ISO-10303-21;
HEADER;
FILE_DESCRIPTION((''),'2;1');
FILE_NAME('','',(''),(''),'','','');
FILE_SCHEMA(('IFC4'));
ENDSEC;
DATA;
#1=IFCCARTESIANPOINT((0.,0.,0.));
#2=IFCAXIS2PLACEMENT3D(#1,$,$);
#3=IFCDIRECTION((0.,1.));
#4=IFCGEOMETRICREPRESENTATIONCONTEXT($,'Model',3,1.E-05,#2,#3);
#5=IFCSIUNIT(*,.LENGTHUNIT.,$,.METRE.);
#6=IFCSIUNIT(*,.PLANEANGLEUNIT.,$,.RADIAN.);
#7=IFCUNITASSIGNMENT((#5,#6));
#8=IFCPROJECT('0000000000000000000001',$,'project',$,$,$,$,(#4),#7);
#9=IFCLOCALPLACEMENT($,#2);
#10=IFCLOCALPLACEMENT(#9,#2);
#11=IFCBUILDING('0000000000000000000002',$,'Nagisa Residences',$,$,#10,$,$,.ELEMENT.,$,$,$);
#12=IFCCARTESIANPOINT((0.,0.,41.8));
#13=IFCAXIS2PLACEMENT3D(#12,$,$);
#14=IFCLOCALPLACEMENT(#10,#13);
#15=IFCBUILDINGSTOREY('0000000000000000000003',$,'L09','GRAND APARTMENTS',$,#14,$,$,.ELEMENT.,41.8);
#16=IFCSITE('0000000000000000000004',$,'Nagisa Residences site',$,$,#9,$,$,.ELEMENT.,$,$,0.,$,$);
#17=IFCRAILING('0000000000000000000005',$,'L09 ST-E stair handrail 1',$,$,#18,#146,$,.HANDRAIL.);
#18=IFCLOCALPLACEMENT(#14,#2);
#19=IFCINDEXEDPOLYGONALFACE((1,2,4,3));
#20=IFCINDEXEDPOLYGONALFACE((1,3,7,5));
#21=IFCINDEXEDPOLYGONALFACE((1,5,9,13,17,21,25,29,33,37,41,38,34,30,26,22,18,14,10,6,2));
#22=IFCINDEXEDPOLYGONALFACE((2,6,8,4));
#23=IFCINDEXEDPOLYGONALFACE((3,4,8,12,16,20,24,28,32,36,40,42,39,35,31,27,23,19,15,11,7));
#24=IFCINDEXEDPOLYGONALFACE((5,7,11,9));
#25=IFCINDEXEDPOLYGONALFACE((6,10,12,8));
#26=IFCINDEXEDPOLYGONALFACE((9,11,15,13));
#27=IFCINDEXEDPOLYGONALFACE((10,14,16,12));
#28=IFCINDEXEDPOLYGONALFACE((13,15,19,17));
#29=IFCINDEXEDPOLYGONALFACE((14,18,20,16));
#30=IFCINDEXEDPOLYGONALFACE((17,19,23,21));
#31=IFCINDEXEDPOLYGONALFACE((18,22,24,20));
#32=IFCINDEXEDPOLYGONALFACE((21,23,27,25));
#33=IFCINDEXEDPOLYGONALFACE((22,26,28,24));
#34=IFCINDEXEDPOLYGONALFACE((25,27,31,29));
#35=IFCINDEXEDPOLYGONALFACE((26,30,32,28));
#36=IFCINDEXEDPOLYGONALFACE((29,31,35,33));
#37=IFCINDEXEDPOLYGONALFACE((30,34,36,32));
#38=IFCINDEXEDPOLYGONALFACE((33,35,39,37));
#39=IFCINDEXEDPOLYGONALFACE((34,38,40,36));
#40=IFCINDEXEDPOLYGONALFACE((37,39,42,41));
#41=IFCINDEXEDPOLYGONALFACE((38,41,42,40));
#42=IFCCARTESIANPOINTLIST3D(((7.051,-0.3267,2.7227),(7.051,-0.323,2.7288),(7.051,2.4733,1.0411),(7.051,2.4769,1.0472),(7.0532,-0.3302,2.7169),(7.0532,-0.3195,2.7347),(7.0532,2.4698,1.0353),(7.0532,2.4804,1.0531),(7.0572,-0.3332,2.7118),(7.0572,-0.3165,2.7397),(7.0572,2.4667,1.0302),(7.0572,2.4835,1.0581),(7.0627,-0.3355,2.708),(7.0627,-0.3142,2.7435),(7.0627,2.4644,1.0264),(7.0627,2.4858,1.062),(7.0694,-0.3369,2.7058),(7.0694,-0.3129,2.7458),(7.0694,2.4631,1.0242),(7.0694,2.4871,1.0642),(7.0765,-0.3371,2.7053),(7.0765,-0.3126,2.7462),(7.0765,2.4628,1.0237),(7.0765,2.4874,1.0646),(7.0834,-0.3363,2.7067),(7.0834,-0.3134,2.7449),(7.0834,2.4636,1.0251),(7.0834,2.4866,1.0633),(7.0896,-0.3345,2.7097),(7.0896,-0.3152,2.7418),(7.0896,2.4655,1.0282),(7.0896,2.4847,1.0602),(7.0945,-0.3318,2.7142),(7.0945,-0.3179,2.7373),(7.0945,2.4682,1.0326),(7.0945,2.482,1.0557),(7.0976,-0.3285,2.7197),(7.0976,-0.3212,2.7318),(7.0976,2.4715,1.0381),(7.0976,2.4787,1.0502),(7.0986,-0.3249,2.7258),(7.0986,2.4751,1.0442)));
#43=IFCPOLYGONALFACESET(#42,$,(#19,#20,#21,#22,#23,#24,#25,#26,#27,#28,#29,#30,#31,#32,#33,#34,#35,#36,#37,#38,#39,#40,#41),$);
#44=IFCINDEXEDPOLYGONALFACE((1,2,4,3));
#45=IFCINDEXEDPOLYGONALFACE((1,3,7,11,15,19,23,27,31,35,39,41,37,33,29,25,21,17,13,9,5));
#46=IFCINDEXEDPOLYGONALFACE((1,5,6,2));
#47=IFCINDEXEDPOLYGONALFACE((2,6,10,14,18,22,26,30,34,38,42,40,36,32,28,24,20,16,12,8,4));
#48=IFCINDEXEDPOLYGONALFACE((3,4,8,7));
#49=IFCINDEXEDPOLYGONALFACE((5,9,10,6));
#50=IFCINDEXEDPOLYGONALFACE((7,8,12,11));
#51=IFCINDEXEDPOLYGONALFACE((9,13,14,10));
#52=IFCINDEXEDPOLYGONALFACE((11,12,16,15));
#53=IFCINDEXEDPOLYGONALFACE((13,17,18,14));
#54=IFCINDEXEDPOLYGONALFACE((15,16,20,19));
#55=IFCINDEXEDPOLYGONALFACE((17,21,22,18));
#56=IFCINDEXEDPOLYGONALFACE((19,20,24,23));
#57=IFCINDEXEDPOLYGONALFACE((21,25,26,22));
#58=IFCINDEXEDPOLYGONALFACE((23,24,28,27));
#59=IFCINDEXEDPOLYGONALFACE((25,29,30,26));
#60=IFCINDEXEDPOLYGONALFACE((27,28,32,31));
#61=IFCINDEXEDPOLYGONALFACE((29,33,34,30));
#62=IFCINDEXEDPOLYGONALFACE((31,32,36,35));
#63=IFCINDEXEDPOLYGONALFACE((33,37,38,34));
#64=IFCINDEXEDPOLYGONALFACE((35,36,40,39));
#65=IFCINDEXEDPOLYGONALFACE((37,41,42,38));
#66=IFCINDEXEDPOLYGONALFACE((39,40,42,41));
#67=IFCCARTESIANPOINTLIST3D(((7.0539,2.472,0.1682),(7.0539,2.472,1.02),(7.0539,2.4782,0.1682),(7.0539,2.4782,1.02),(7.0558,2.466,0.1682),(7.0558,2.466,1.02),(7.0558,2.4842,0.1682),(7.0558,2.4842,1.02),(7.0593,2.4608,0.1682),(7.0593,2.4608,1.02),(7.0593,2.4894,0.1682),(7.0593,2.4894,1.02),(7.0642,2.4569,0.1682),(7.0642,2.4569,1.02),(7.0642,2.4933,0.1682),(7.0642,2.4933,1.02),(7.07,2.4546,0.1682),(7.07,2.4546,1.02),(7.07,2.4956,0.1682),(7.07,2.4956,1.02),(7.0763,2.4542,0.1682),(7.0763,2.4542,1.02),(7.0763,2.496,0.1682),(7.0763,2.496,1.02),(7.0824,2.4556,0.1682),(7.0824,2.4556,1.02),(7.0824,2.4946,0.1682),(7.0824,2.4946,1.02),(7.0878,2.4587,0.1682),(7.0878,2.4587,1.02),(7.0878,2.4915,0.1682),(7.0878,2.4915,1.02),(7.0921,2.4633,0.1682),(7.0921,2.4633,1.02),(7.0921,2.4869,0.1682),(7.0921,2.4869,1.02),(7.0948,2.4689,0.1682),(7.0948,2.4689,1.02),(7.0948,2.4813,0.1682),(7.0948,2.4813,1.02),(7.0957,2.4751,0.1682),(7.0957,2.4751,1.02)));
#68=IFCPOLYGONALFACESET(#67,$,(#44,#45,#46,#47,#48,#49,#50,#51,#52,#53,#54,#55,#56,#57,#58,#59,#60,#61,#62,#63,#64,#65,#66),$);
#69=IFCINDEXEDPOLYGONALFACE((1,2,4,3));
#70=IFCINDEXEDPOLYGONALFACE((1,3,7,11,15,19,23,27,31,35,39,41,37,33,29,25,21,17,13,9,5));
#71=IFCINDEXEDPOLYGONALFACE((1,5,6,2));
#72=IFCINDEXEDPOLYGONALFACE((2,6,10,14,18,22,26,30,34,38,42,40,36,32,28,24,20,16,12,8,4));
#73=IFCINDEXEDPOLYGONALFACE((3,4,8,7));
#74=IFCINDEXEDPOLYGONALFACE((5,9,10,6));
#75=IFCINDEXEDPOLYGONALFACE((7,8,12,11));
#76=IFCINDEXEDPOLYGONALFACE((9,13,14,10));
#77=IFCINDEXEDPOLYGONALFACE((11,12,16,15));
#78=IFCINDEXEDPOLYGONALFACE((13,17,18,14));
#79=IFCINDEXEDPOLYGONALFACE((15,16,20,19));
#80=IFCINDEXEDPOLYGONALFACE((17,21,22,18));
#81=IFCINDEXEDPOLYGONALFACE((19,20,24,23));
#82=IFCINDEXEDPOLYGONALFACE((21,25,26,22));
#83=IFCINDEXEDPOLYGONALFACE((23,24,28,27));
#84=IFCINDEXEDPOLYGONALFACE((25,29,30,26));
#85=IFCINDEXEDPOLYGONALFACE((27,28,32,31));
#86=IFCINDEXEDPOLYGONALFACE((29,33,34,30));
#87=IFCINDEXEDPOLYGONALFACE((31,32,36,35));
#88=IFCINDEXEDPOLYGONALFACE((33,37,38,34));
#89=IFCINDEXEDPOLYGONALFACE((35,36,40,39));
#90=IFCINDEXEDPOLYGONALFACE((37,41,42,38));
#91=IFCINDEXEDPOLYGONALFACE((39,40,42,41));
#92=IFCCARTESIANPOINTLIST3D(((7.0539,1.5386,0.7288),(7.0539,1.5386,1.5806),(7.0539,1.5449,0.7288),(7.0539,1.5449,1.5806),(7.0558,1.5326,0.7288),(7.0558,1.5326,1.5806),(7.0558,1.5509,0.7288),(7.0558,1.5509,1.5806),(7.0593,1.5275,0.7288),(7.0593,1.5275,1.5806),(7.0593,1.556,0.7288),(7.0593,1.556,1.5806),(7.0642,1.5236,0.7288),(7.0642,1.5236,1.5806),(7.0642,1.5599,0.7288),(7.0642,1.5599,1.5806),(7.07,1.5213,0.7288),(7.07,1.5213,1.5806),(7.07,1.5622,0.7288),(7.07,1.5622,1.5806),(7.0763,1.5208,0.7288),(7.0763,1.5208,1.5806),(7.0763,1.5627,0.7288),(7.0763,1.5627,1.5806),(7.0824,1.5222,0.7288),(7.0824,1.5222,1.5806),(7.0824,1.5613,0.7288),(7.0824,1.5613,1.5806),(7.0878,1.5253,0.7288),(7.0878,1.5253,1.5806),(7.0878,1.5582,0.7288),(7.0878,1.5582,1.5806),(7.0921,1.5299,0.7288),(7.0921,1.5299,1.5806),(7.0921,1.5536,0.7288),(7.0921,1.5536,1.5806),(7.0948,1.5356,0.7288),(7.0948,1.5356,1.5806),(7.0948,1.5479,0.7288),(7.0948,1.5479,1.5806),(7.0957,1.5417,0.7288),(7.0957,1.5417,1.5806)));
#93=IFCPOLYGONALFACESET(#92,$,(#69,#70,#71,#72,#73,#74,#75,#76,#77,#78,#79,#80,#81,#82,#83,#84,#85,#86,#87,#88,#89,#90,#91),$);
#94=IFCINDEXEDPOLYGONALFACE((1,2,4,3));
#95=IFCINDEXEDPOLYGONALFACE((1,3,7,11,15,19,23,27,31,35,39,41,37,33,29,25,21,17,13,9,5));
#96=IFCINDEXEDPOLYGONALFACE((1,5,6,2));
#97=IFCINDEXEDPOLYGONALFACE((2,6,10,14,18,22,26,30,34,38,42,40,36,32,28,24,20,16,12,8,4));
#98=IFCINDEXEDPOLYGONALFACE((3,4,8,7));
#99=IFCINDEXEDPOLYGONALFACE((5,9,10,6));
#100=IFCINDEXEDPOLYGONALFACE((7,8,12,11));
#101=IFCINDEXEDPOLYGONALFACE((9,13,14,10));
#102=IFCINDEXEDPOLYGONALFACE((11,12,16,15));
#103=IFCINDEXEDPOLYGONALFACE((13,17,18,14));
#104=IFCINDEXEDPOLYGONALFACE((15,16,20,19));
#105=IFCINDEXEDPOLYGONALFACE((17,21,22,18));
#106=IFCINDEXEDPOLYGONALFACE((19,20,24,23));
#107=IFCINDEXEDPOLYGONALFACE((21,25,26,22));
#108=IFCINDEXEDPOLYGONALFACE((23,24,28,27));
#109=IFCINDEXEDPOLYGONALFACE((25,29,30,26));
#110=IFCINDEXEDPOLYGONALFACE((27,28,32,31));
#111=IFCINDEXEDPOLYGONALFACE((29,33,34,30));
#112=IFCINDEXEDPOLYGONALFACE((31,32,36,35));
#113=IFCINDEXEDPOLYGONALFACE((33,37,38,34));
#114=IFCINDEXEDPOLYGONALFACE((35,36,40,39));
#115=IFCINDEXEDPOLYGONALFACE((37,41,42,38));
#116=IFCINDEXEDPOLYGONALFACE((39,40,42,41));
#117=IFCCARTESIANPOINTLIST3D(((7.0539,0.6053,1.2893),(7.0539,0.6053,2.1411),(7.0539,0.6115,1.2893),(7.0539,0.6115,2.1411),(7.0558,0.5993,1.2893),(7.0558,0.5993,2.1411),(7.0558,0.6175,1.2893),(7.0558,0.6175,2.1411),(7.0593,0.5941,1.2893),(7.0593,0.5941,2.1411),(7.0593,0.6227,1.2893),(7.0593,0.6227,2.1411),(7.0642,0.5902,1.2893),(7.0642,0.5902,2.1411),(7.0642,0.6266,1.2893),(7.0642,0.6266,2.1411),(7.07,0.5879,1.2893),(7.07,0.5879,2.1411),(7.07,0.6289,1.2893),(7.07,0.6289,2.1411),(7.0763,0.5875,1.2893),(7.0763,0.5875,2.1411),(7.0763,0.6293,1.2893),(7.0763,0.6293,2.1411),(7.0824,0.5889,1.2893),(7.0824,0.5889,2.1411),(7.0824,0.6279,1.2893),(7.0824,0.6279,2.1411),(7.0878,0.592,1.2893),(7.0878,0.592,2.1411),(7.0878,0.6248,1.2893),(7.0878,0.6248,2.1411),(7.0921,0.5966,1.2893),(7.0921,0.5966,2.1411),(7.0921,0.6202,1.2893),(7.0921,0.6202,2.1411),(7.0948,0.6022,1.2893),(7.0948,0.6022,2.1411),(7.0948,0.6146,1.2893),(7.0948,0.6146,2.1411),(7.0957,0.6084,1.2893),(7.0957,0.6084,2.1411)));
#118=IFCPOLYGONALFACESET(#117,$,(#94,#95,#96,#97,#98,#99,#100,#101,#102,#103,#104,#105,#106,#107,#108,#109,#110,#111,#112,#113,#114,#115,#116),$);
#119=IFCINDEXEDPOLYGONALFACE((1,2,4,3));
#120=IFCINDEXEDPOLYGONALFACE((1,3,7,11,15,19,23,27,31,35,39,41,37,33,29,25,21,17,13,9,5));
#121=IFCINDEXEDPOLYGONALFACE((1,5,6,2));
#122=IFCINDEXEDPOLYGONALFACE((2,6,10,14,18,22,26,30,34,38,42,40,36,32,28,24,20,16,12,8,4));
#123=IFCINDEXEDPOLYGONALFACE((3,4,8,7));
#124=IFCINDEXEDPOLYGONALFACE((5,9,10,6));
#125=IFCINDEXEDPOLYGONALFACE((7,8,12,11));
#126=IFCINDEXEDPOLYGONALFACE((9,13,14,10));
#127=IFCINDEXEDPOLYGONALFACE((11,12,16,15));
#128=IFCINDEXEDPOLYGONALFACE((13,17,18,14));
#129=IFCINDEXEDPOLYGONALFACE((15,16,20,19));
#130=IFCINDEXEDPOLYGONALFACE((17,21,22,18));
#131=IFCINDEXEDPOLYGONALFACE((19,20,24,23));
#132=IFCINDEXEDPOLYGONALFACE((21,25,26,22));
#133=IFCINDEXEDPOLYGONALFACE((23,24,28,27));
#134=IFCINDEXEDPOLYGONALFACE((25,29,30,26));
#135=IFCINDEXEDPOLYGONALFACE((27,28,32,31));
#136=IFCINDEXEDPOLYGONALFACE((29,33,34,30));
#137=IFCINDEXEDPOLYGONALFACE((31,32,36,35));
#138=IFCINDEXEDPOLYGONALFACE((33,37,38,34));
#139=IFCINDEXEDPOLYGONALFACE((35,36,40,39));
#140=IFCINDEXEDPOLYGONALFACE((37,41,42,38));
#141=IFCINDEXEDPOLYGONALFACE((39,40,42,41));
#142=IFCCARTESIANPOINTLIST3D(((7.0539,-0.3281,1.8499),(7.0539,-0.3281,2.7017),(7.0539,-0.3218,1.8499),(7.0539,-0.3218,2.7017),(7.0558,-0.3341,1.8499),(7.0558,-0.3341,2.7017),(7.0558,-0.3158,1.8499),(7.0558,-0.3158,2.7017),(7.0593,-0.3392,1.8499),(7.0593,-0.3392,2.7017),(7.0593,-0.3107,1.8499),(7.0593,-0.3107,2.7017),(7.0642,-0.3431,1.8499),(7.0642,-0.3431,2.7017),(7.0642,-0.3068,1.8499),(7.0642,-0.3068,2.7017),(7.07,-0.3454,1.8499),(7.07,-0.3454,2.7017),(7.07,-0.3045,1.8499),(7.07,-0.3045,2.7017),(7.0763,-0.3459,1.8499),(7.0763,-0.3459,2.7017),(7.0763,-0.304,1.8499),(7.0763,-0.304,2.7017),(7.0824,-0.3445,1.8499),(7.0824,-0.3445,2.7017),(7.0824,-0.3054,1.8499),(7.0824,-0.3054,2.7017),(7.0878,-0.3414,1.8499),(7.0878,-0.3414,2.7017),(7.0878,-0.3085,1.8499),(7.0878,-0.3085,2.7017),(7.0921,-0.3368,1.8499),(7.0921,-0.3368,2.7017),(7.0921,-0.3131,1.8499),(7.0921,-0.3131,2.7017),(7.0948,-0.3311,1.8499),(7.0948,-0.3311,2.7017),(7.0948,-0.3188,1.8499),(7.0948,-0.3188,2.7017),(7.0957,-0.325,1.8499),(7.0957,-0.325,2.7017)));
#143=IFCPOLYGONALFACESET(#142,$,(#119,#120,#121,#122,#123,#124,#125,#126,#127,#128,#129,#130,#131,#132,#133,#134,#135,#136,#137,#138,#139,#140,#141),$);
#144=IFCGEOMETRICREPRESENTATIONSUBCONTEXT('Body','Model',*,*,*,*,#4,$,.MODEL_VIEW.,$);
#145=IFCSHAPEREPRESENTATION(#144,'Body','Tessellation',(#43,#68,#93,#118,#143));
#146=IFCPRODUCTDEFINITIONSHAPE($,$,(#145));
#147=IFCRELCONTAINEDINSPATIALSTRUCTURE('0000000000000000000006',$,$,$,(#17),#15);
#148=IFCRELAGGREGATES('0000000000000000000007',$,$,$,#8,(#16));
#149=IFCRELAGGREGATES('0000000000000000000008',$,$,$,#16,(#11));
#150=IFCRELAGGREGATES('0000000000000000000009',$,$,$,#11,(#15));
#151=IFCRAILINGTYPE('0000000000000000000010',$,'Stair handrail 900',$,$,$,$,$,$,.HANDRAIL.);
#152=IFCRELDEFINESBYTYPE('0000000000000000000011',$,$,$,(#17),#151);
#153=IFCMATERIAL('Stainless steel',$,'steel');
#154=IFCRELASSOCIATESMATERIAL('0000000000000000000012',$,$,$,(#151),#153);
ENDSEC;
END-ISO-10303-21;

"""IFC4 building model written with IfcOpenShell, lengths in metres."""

from ifc_helpers import new_model, si_unit, direction, frame, origin, origin_2d, place, context, subcontext, project, spatial, circle, extrude, material, type_object, element, save


model = new_model("IFC4")

# Units and contexts
model_context = context("Model", 3, precision=1e-05, world=origin(), true_north=direction((0.0, 1.0)))
body_context = subcontext(model_context, "Body", "Model", "MODEL_VIEW")
ifc_project = project(units=[si_unit("LENGTHUNIT", "METRE"), si_unit("PLANEANGLEUNIT", "RADIAN")], contexts=[model_context])

# Site, building, storey
site_placement = place(None, origin())
site = spatial("IfcSite", under=ifc_project, at=site_placement, Name="Nagisa Residences site", CompositionType="ELEMENT", RefElevation=0.0)
building_placement = place(site_placement, origin())
building = spatial("IfcBuilding", under=site, at=building_placement, Name="Nagisa Residences", CompositionType="ELEMENT")
storey_placement = place(building_placement, frame((0.0, 0.0, 41.8)))
storey = spatial("IfcBuildingStorey", under=building, at=storey_placement, Name="L09", Description="GRAND APARTMENTS", CompositionType="ELEMENT", Elevation=41.8)

# Railing
ifc_material_1 = material(Name="Stainless steel", Category="steel")
railing_type_1 = type_object("IfcRailingType", Name="Stair handrail 900", PredefinedType="HANDRAIL", material=ifc_material_1)
railing_1_placement = place(storey_placement, frame((7.0747, 2.4751, 0.1682)))
element("IfcRailing", 1, at=railing_1_placement, inside=storey, type_object=railing_type_1, Name="L09 ST-E stair handrail 1", PredefinedType="HANDRAIL", context=body_context, shape_type="SweptSolid", body=[
    extrude(circle(Radius=0.0239, at=origin_2d()), frame((0.0, 0.0, 0.876), z_axis=(0.0, -0.857275, 0.514858), x_axis=(1.0, 0.0, 0.0)), (0.0, 0.0, 1.0), 3.2661),
    extrude(circle(Radius=0.021, at=origin_2d()), origin(), (0.0, 0.0, 1.0), 0.8518),
    extrude(circle(Radius=0.021, at=origin_2d()), frame((0.0, -0.9333, 0.5605)), (0.0, 0.0, 1.0), 0.8518),
    extrude(circle(Radius=0.021, at=origin_2d()), frame((0.0, -1.8667, 1.1211)), (0.0, 0.0, 1.0), 0.8518),
    extrude(circle(Radius=0.021, at=origin_2d()), frame((0.0, -2.8, 1.6816)), (0.0, 0.0, 1.0), 0.8518),
])

save(model, "model.ifc")
